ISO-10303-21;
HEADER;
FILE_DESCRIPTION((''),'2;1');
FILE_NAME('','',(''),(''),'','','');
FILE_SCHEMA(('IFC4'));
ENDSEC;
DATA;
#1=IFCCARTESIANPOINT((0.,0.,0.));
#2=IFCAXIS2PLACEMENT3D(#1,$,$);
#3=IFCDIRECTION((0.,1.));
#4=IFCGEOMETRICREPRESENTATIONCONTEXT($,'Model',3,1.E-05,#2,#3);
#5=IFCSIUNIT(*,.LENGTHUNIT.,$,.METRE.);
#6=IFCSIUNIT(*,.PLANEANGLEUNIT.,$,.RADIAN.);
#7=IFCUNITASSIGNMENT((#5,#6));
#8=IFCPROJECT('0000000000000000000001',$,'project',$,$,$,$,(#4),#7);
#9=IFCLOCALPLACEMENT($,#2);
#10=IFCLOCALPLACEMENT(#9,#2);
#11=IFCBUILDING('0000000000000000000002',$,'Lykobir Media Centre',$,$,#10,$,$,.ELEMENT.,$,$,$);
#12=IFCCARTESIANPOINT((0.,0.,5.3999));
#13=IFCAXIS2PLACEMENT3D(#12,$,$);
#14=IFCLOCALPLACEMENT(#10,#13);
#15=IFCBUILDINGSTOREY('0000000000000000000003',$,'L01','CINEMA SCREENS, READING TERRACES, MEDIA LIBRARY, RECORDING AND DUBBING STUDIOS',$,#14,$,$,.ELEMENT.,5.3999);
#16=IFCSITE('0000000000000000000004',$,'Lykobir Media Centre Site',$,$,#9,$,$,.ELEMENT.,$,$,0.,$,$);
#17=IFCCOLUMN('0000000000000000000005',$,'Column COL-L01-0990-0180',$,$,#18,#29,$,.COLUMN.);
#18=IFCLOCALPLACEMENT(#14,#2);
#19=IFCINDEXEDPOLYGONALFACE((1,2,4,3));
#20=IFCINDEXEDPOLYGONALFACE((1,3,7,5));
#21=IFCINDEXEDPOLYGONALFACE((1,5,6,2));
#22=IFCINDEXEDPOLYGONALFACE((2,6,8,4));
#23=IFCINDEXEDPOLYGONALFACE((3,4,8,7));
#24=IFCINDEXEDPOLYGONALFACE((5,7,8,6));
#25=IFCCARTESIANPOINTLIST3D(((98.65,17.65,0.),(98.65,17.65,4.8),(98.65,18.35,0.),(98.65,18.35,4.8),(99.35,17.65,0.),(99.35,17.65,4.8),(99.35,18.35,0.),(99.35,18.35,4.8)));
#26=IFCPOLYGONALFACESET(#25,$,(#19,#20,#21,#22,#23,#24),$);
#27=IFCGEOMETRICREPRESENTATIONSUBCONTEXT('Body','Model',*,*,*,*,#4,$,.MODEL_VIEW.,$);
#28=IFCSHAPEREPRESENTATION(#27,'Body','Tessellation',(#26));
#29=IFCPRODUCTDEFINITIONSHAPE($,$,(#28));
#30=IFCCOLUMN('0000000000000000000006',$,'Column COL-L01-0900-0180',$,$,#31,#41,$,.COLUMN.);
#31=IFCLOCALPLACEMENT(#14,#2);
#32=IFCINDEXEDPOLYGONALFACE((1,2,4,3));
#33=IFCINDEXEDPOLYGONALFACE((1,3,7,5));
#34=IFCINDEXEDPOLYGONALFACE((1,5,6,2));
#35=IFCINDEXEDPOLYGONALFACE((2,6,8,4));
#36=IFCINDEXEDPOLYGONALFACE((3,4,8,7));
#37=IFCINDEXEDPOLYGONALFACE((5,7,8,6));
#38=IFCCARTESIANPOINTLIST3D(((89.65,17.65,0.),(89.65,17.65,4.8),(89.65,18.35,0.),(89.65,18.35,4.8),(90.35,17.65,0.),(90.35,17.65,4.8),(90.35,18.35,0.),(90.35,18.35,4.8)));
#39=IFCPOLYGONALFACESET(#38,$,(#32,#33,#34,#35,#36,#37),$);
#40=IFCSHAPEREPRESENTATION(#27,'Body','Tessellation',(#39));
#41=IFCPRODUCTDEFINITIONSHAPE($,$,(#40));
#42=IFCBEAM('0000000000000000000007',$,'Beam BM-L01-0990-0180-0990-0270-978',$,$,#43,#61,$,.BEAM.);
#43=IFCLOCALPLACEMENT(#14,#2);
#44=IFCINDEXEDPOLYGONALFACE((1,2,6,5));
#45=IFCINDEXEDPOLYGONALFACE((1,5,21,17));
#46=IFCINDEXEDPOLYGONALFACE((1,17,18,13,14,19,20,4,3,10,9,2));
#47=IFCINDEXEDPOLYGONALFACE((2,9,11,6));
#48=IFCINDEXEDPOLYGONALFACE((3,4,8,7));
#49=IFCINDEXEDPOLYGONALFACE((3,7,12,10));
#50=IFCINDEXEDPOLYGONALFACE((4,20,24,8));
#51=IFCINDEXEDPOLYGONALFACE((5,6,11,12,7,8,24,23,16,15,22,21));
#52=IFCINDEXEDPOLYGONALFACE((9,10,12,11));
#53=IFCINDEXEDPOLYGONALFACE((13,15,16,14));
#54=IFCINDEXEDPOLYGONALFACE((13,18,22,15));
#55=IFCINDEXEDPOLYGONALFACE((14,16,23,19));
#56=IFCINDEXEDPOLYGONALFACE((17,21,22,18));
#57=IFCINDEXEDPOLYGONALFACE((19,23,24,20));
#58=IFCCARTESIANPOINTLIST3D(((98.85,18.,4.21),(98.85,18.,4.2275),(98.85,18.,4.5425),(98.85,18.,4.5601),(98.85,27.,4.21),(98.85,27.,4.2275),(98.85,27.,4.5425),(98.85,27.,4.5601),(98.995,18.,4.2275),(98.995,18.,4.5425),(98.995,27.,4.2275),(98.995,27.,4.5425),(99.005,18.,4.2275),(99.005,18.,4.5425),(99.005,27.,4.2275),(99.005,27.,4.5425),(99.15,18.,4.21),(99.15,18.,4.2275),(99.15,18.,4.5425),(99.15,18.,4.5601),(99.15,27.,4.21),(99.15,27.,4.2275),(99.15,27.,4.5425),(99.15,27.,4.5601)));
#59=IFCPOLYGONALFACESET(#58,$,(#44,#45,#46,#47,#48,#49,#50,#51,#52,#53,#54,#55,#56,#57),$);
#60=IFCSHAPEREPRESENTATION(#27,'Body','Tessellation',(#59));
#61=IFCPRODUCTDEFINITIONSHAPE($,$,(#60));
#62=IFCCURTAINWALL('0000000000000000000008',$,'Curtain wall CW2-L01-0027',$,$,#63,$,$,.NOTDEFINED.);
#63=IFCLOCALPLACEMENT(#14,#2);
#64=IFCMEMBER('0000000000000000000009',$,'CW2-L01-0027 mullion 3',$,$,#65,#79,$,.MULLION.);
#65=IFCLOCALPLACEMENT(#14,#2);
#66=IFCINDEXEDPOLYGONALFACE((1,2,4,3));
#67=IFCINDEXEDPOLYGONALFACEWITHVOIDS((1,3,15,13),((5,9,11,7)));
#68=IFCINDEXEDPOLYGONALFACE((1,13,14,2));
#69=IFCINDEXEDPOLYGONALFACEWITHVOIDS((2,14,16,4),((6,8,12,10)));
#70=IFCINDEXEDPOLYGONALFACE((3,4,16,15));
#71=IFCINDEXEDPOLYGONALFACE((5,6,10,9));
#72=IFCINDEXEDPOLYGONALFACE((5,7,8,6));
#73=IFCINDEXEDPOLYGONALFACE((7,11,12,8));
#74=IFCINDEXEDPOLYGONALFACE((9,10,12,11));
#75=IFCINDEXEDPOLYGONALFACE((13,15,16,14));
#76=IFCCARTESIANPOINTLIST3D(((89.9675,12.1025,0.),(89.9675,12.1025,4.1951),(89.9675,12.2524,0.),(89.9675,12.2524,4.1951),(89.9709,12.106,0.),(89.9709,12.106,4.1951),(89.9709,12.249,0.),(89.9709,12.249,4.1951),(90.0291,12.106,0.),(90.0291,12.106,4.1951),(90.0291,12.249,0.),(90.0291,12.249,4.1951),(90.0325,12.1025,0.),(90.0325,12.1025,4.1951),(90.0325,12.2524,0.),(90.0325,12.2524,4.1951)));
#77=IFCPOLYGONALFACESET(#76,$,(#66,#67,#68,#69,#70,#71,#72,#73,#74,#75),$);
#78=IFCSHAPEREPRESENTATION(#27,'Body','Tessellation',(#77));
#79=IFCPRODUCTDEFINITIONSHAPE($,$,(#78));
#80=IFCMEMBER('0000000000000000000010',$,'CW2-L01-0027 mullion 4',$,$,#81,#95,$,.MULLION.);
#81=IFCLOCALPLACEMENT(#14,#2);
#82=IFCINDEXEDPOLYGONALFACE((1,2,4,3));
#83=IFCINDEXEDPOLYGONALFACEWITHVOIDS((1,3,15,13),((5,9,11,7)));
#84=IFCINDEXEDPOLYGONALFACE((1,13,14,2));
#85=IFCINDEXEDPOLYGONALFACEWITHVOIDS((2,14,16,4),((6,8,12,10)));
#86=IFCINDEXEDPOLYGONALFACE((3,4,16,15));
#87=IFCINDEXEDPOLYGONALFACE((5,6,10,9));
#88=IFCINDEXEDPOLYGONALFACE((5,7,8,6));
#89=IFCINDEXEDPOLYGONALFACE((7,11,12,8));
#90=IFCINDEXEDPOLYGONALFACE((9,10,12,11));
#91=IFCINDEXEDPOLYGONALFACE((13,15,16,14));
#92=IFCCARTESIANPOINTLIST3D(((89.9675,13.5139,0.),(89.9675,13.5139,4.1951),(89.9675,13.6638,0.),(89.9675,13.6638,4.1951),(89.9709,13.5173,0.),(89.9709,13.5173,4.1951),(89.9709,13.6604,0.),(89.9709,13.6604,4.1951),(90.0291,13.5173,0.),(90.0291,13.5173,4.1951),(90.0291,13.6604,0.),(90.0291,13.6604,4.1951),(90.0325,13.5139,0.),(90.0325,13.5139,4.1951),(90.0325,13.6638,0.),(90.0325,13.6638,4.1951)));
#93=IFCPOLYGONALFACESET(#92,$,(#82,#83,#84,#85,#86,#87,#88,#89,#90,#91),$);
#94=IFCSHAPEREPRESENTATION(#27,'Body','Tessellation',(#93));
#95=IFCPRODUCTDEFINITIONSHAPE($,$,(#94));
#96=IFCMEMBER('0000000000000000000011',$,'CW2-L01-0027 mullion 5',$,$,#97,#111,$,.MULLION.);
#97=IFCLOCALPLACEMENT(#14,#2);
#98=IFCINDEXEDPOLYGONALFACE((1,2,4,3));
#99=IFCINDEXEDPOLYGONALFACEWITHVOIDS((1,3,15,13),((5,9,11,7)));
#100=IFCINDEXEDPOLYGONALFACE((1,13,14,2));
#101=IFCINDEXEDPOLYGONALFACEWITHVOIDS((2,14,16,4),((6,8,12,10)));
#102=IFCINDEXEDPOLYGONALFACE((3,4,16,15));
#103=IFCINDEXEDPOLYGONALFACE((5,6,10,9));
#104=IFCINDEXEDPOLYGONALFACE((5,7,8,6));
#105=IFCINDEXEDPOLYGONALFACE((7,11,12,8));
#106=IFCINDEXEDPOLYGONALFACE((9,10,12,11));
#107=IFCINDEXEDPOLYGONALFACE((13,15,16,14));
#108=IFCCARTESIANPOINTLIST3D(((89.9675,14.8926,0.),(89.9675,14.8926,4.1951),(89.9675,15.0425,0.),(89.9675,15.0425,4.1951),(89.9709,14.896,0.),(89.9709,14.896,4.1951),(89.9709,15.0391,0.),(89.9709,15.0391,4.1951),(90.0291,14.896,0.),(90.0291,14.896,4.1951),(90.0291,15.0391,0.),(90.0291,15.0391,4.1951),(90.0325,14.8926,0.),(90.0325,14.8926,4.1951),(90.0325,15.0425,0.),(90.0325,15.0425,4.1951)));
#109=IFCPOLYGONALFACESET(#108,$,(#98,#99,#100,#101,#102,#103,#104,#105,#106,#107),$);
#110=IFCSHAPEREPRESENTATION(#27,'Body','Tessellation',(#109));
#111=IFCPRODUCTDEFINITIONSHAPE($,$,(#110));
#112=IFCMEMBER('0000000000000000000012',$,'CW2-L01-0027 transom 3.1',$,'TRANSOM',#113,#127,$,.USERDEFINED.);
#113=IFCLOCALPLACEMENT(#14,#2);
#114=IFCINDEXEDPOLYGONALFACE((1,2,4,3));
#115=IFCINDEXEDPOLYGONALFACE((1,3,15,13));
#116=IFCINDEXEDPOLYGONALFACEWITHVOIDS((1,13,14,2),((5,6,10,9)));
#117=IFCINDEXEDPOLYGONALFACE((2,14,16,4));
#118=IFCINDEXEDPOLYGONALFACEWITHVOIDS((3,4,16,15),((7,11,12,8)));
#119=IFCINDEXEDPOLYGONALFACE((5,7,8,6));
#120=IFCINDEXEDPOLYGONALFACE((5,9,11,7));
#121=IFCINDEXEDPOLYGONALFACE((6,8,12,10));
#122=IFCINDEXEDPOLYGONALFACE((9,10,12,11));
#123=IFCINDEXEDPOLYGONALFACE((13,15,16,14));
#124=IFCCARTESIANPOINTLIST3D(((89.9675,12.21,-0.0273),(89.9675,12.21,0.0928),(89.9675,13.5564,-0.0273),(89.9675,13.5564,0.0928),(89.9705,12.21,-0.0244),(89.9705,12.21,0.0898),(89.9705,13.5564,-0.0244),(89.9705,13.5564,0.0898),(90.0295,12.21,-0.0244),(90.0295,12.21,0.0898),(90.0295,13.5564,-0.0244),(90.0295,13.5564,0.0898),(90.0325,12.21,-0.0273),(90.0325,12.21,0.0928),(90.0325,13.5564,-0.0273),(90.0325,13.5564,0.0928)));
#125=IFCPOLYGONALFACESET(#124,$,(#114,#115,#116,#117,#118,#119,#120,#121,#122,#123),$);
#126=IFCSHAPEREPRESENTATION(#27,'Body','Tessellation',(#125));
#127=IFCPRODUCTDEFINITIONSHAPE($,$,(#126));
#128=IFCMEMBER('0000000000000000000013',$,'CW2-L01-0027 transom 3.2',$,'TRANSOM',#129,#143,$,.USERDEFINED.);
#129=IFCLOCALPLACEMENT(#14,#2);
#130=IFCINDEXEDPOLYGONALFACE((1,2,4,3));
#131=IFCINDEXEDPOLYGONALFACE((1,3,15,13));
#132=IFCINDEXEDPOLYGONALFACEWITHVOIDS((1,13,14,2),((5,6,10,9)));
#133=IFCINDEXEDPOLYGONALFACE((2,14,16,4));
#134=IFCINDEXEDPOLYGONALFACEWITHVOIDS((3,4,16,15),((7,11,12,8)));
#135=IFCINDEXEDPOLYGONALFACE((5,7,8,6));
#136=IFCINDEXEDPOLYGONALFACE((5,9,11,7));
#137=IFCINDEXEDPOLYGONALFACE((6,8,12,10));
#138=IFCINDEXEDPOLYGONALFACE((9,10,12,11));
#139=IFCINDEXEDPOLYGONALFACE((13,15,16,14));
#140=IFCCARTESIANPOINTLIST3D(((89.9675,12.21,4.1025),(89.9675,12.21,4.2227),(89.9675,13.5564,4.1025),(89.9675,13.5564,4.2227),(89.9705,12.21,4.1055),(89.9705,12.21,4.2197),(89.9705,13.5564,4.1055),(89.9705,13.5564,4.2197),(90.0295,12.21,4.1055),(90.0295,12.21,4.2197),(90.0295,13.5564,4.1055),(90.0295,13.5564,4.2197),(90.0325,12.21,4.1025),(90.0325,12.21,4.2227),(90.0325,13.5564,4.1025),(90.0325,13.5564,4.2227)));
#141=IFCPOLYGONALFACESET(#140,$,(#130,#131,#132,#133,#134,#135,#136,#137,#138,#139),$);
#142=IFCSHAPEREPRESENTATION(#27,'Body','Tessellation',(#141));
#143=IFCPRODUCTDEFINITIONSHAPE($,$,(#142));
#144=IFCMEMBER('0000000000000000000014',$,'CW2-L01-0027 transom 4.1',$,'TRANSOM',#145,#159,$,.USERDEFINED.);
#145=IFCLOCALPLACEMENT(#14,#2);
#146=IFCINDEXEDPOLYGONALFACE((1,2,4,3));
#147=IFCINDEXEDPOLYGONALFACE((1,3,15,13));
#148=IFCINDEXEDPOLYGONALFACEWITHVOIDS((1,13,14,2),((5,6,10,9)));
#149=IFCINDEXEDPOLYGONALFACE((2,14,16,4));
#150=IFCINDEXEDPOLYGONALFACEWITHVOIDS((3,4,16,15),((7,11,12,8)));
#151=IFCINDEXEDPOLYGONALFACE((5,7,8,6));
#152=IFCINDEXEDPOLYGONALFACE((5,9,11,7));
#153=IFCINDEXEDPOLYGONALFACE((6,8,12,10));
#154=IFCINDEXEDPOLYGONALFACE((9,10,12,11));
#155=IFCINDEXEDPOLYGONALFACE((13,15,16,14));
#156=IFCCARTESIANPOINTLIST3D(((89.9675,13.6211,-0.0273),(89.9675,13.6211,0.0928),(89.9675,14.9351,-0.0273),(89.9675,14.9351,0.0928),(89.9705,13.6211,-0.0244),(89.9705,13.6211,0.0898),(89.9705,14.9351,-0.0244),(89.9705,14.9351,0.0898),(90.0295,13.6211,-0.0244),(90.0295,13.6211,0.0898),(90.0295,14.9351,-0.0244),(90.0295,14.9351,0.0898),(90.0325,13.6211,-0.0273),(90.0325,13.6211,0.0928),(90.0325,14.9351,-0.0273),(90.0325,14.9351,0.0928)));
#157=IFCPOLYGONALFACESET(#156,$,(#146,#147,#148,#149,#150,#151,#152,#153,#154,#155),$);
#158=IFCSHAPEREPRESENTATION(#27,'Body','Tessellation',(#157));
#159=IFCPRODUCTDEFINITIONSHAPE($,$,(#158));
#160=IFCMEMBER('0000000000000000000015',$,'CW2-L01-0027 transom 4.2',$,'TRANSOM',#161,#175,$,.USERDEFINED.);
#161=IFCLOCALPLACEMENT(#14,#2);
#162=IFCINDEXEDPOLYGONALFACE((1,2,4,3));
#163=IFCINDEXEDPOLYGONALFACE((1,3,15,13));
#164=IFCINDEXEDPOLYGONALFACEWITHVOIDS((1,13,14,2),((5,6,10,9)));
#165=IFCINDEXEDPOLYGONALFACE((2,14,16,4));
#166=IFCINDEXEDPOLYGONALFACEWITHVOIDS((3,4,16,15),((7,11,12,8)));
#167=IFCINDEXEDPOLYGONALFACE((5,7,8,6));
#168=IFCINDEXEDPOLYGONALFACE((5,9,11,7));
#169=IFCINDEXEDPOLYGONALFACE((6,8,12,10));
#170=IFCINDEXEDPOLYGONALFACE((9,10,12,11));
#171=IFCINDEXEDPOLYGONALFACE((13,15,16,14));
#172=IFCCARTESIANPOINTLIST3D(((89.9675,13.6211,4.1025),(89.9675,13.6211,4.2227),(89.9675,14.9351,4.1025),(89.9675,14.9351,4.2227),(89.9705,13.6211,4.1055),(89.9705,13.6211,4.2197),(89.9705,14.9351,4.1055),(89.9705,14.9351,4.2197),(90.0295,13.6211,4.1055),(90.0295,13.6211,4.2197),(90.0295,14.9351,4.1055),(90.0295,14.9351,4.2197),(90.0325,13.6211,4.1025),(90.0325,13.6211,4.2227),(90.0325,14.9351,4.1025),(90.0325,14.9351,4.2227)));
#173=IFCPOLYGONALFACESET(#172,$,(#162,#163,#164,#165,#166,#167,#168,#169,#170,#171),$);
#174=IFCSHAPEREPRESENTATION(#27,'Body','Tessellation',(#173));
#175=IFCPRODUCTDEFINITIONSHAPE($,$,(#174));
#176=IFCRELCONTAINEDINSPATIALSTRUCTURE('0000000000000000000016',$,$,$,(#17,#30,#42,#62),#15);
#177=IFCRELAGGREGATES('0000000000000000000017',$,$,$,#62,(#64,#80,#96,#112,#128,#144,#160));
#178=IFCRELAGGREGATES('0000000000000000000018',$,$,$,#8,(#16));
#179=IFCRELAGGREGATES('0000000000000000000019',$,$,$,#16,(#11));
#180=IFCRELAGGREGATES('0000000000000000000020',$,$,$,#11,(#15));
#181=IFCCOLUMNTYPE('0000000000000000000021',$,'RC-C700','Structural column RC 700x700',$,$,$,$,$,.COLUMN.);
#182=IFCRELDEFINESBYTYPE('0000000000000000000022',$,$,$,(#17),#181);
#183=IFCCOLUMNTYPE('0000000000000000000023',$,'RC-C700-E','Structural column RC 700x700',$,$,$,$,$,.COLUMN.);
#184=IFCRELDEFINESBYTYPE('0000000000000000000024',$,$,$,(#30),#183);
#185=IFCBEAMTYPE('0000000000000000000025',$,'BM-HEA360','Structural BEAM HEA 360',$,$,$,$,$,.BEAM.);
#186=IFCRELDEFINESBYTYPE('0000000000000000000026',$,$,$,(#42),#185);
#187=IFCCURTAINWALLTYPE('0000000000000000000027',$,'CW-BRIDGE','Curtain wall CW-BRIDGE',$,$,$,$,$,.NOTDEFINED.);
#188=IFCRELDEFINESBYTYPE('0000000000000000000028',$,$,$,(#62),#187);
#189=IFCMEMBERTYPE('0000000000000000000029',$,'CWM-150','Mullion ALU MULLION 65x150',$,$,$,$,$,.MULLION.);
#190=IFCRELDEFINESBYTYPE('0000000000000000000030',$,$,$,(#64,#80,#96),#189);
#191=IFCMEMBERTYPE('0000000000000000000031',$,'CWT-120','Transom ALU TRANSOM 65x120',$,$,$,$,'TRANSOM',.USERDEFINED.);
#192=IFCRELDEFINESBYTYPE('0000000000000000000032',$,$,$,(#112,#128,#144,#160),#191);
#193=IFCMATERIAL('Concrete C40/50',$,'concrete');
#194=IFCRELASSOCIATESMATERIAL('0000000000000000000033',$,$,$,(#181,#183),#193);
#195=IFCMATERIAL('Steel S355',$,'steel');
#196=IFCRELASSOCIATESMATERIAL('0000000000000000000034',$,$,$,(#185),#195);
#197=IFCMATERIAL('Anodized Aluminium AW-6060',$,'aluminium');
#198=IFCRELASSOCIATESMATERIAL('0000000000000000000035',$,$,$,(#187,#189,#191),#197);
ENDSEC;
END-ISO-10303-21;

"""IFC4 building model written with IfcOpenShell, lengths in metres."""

from ifc_helpers import new_model, si_unit, direction, frame, origin, origin_2d, place, context, subcontext, project, spatial, rectangle, hollow_rectangle, i_section, extrude, material, material_profile, profile_set, type_object, element, aggregate, save


model = new_model("IFC4")

# Units and contexts
model_context = context("Model", 3, precision=1e-05, world=origin(), true_north=direction((0.0, 1.0)))
body_context = subcontext(model_context, "Body", "Model", "MODEL_VIEW")
ifc_project = project(units=[si_unit("LENGTHUNIT", "METRE"), si_unit("PLANEANGLEUNIT", "RADIAN")], contexts=[model_context])

# Site, building, storey
site_placement = place(None, origin())
site = spatial("IfcSite", under=ifc_project, at=site_placement, Name="Lykobir Media Centre Site", CompositionType="ELEMENT", RefElevation=0.0)
building_placement = place(site_placement, origin())
building = spatial("IfcBuilding", under=site, at=building_placement, Name="Lykobir Media Centre", CompositionType="ELEMENT")
storey_placement = place(building_placement, frame((0.0, 0.0, 5.3999)))
storey = spatial("IfcBuildingStorey", under=building, at=storey_placement, Name="L01", Description="CINEMA SCREENS, READING TERRACES, MEDIA LIBRARY, RECORDING AND DUBBING STUDIOS", CompositionType="ELEMENT", Elevation=5.3999)

# Columns
ifc_material_1 = material(Name="Concrete C40/50", Category="concrete")
ifc_material_profile_1 = material_profile(ifc_material_1, rectangle(XDim=0.7, YDim=0.7, at=origin_2d()), Name="RC 700x700")
ifc_profile_set_1 = profile_set([ifc_material_profile_1], Name="Concrete C40/50")
column_type_1 = type_object("IfcColumnType", Name="RC-C700", Description="Structural column RC 700x700", PredefinedType="COLUMN", material=ifc_profile_set_1)
column_1_placement = place(storey_placement, frame((99.0, 18.0, 0.0), z_axis=(0.0, 0.0, 1.0), x_axis=(1.0, 0.0, 0.0)))
element("IfcColumn", 1, at=column_1_placement, inside=storey, type_object=column_type_1, Name="Column COL-L01-0990-0180", PredefinedType="COLUMN", context=body_context, shape_type="SweptSolid", body=[
    extrude(rectangle(XDim=0.7, YDim=0.7, at=origin_2d()), origin(), (0.0, 0.0, 1.0), 4.8),
])
ifc_material_profile_2 = material_profile(ifc_material_1, rectangle(XDim=0.7, YDim=0.7, at=origin_2d()), Name="RC 700x700")
ifc_profile_set_2 = profile_set([ifc_material_profile_2], Name="Concrete C40/50")
column_type_2 = type_object("IfcColumnType", Name="RC-C700-E", Description="Structural column RC 700x700", PredefinedType="COLUMN", material=ifc_profile_set_2)
column_2_placement = place(storey_placement, frame((90.0, 18.0, 0.0), z_axis=(0.0, 0.0, 1.0), x_axis=(1.0, 0.0, 0.0)))
element("IfcColumn", 2, at=column_2_placement, inside=storey, type_object=column_type_2, Name="Column COL-L01-0900-0180", PredefinedType="COLUMN", context=body_context, shape_type="SweptSolid", body=[
    extrude(rectangle(XDim=0.7, YDim=0.7, at=origin_2d()), origin(), (0.0, 0.0, 1.0), 4.8),
])

# Beam
ifc_material_2 = material(Name="Steel S355", Category="steel")
ifc_material_profile_3 = material_profile(ifc_material_2, i_section(OverallWidth=0.3, OverallDepth=0.3501, WebThickness=0.01, FlangeThickness=0.0176, at=origin_2d()), Name="HEA 360")
ifc_profile_set_3 = profile_set([ifc_material_profile_3], Name="Steel S355")
beam_type_1 = type_object("IfcBeamType", Name="BM-HEA360", Description="Structural BEAM HEA 360", PredefinedType="BEAM", material=ifc_profile_set_3)
beam_1_placement = place(storey_placement, frame((99.0, 18.0, 4.385), z_axis=(0.0, 1.0, 0.0), x_axis=(-1.0, 0.0, 0.0)))
element("IfcBeam", 3, at=beam_1_placement, inside=storey, type_object=beam_type_1, Name="Beam BM-L01-0990-0180-0990-0270-978", PredefinedType="BEAM", context=body_context, shape_type="SweptSolid", body=[
    extrude(i_section(OverallWidth=0.3, OverallDepth=0.3501, WebThickness=0.01, FlangeThickness=0.0176, at=origin_2d()), origin(), (0.0, 0.0, 1.0), 9.0),
])

# Curtain wall, members
ifc_material_3 = material(Name="Anodized Aluminium AW-6060", Category="aluminium")
curtain_wall_type = type_object("IfcCurtainWallType", Name="CW-BRIDGE", Description="Curtain wall CW-BRIDGE", PredefinedType="NOTDEFINED", material=ifc_material_3)
curtain_wall_placement = place(storey_placement, origin())
curtain_wall = element("IfcCurtainWall", 4, at=curtain_wall_placement, inside=storey, type_object=curtain_wall_type, Name="Curtain wall CW2-L01-0027", PredefinedType="NOTDEFINED")
ifc_material_profile_4 = material_profile(ifc_material_3, hollow_rectangle(XDim=0.0649, YDim=0.1499, WallThickness=0.0034, at=origin_2d()), Name="ALU MULLION 65x150")
ifc_profile_set_4 = profile_set([ifc_material_profile_4], Name="Anodized Aluminium AW-6060")
member_type_1 = type_object("IfcMemberType", Name="CWM-150", Description="Mullion ALU MULLION 65x150", PredefinedType="MULLION", material=ifc_profile_set_4)
member_1_placement = place(storey_placement, frame((90.0, 12.1775, 0.0), z_axis=(0.0, 0.0, 1.0), x_axis=(-1.0, 0.0, 0.0)))
member_1 = element("IfcMember", 5, at=member_1_placement, type_object=member_type_1, Name="CW2-L01-0027 mullion 3", PredefinedType="MULLION", context=body_context, shape_type="SweptSolid", body=[
    extrude(hollow_rectangle(XDim=0.0649, YDim=0.1499, WallThickness=0.0034, at=origin_2d()), origin(), (0.0, 0.0, 1.0), 4.1951),
])
member_2_placement = place(storey_placement, frame((90.0, 13.5889, 0.0), z_axis=(0.0, 0.0, 1.0), x_axis=(-1.0, 0.0, 0.0)))
member_2 = element("IfcMember", 6, at=member_2_placement, type_object=member_type_1, Name="CW2-L01-0027 mullion 4", PredefinedType="MULLION", context=body_context, shape_type="SweptSolid", body=[
    extrude(hollow_rectangle(XDim=0.0649, YDim=0.1499, WallThickness=0.0034, at=origin_2d()), origin(), (0.0, 0.0, 1.0), 4.1951),
])
member_3_placement = place(storey_placement, frame((90.0, 14.9675, 0.0), z_axis=(0.0, 0.0, 1.0), x_axis=(-1.0, 0.0, 0.0)))
member_3 = element("IfcMember", 7, at=member_3_placement, type_object=member_type_1, Name="CW2-L01-0027 mullion 5", PredefinedType="MULLION", context=body_context, shape_type="SweptSolid", body=[
    extrude(hollow_rectangle(XDim=0.0649, YDim=0.1499, WallThickness=0.0034, at=origin_2d()), origin(), (0.0, 0.0, 1.0), 4.1951),
])
ifc_material_profile_5 = material_profile(ifc_material_3, hollow_rectangle(XDim=0.0649, YDim=0.1201, WallThickness=0.0029, at=origin_2d()), Name="ALU TRANSOM 65x120")
ifc_profile_set_5 = profile_set([ifc_material_profile_5], Name="Anodized Aluminium AW-6060")
member_type_2 = type_object("IfcMemberType", Name="CWT-120", Description="Transom ALU TRANSOM 65x120", ElementType="TRANSOM", PredefinedType="USERDEFINED", material=ifc_profile_set_5)
member_4_placement = place(storey_placement, frame((90.0, 12.21, 0.0327), z_axis=(0.0, 1.0, 0.0), x_axis=(-1.0, 0.0, 0.0)))
member_4 = element("IfcMember", 8, at=member_4_placement, type_object=member_type_2, Name="CW2-L01-0027 transom 3.1", ObjectType="TRANSOM", PredefinedType="USERDEFINED", context=body_context, shape_type="SweptSolid", body=[
    extrude(hollow_rectangle(XDim=0.0649, YDim=0.1201, WallThickness=0.0029, at=origin_2d()), origin(), (0.0, 0.0, 1.0), 1.3464),
])
member_5_placement = place(storey_placement, frame((90.0, 12.21, 4.1626), z_axis=(0.0, 1.0, 0.0), x_axis=(-1.0, 0.0, 0.0)))
member_5 = element("IfcMember", 9, at=member_5_placement, type_object=member_type_2, Name="CW2-L01-0027 transom 3.2", ObjectType="TRANSOM", PredefinedType="USERDEFINED", context=body_context, shape_type="SweptSolid", body=[
    extrude(hollow_rectangle(XDim=0.0649, YDim=0.1201, WallThickness=0.0029, at=origin_2d()), origin(), (0.0, 0.0, 1.0), 1.3464),
])
member_6_placement = place(storey_placement, frame((90.0, 13.6211, 0.0327), z_axis=(0.0, 1.0, 0.0), x_axis=(-1.0, 0.0, 0.0)))
member_6 = element("IfcMember", 10, at=member_6_placement, type_object=member_type_2, Name="CW2-L01-0027 transom 4.1", ObjectType="TRANSOM", PredefinedType="USERDEFINED", context=body_context, shape_type="SweptSolid", body=[
    extrude(hollow_rectangle(XDim=0.0649, YDim=0.1201, WallThickness=0.0029, at=origin_2d()), origin(), (0.0, 0.0, 1.0), 1.314),
])
member_7_placement = place(storey_placement, frame((90.0, 13.6211, 4.1626), z_axis=(0.0, 1.0, 0.0), x_axis=(-1.0, 0.0, 0.0)))
member_7 = element("IfcMember", 11, at=member_7_placement, type_object=member_type_2, Name="CW2-L01-0027 transom 4.2", ObjectType="TRANSOM", PredefinedType="USERDEFINED", context=body_context, shape_type="SweptSolid", body=[
    extrude(hollow_rectangle(XDim=0.0649, YDim=0.1201, WallThickness=0.0029, at=origin_2d()), origin(), (0.0, 0.0, 1.0), 1.314),
])

aggregate(curtain_wall, [member_1, member_2, member_3, member_4, member_5, member_6, member_7])

save(model, "model.ifc")
